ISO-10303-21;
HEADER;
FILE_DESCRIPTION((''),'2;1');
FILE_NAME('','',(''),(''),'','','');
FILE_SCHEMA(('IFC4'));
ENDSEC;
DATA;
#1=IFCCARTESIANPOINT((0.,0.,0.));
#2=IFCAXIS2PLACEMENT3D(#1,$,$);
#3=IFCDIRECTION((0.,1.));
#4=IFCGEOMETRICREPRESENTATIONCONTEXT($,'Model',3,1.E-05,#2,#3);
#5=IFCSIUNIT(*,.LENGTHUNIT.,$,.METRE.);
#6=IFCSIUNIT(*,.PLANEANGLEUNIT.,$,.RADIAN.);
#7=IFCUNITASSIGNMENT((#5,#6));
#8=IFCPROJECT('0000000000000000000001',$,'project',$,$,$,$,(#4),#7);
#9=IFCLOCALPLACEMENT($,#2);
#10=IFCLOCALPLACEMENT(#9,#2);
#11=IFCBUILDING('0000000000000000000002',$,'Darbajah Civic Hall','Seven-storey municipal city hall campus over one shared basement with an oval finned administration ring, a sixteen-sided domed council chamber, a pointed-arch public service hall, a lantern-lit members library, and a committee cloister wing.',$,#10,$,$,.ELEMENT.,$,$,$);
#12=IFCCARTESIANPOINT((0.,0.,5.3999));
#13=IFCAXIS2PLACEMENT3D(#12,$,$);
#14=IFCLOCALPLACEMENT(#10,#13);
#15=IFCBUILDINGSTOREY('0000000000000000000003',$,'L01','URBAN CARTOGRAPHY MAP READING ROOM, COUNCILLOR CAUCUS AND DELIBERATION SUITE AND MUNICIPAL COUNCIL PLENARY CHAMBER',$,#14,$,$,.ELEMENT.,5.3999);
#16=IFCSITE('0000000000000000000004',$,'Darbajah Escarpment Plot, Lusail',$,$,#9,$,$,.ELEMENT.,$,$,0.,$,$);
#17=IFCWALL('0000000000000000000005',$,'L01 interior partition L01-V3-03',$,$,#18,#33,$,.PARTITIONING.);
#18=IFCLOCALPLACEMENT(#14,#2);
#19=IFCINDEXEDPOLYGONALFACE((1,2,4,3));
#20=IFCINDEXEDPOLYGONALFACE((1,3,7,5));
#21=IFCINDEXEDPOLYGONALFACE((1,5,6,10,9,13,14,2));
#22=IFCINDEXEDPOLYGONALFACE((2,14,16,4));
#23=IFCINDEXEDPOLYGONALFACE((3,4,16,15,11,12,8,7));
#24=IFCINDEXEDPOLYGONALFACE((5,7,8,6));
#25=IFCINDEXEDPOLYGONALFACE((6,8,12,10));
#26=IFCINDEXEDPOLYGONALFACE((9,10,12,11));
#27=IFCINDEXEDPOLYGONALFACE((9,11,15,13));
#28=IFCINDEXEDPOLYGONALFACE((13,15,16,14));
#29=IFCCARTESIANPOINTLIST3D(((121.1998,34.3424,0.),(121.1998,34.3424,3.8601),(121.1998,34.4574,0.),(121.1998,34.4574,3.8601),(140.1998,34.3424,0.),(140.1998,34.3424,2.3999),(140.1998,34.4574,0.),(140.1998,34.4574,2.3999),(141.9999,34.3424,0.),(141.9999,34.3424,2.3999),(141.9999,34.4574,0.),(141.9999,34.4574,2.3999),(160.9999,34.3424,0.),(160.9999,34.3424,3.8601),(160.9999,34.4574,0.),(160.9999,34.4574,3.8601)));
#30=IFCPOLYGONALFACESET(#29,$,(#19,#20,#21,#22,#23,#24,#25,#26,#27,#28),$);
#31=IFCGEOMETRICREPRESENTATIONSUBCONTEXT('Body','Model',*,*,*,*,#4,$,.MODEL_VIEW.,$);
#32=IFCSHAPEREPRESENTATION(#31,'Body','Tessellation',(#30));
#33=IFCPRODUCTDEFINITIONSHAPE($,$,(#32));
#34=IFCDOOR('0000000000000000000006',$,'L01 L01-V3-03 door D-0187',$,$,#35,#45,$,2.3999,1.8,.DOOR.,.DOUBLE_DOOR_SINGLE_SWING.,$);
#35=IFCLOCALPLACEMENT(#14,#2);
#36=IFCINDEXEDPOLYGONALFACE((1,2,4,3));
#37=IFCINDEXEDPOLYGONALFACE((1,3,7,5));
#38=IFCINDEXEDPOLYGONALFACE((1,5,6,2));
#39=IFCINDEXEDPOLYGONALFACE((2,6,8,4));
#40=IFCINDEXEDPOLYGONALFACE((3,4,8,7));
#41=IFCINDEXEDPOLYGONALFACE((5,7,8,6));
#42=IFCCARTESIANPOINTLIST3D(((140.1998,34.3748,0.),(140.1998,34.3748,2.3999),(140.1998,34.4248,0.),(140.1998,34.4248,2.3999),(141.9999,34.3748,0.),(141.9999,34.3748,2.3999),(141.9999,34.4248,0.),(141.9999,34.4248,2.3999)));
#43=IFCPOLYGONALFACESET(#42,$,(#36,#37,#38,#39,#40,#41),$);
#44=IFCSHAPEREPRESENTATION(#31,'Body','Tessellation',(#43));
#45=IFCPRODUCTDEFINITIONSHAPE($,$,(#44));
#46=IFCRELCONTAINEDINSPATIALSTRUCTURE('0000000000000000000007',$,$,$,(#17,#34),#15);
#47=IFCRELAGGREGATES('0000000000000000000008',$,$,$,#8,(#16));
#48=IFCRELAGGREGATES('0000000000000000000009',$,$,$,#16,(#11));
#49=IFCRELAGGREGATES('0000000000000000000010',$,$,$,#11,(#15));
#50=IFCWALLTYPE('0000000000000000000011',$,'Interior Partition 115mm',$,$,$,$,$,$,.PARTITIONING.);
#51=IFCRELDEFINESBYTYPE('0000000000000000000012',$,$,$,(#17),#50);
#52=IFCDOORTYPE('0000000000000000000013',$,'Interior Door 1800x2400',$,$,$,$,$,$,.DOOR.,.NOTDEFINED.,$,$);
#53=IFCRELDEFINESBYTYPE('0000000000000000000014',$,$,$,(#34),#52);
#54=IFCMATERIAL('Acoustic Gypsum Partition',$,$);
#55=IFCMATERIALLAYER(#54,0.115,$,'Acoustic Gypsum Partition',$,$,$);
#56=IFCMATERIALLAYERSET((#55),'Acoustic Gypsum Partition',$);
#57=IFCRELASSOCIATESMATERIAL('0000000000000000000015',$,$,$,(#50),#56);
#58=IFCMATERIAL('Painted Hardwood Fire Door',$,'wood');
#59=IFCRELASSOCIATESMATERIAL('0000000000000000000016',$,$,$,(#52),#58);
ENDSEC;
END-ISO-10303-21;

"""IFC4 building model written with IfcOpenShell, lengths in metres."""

from ifc_helpers import new_model, si_unit, direction, frame, frame_2d, origin, place, context, subcontext, project, spatial, rectangle, extrude, material, layer, layer_set, type_object, element, fill, save


model = new_model("IFC4")

# Units and contexts
model_context = context("Model", 3, precision=1e-05, world=origin(), true_north=direction((0.0, 1.0)))
body_context = subcontext(model_context, "Body", "Model", "MODEL_VIEW")
ifc_project = project(units=[si_unit("LENGTHUNIT", "METRE"), si_unit("PLANEANGLEUNIT", "RADIAN")], contexts=[model_context])

# Site, building, storey
site_placement = place(None, origin())
site = spatial("IfcSite", under=ifc_project, at=site_placement, Name="Darbajah Escarpment Plot, Lusail", CompositionType="ELEMENT", RefElevation=0.0)
building_placement = place(site_placement, origin())
building = spatial("IfcBuilding", under=site, at=building_placement, Name="Darbajah Civic Hall", Description="Seven-storey municipal city hall campus over one shared basement with an oval finned administration ring, a sixteen-sided domed council chamber, a pointed-arch public service hall, a lantern-lit members library, and a committee cloister wing.", CompositionType="ELEMENT")
storey_placement = place(building_placement, frame((0.0, 0.0, 5.3999)))
storey = spatial("IfcBuildingStorey", under=building, at=storey_placement, Name="L01", Description="URBAN CARTOGRAPHY MAP READING ROOM, COUNCILLOR CAUCUS AND DELIBERATION SUITE AND MUNICIPAL COUNCIL PLENARY CHAMBER", CompositionType="ELEMENT", Elevation=5.3999)

# Wall, opening, door
ifc_material_1 = material(Name="Acoustic Gypsum Partition")
ifc_layer_1 = layer(ifc_material_1, 0.115, Name="Acoustic Gypsum Partition")
ifc_layer_set_1 = layer_set([ifc_layer_1], Name="Acoustic Gypsum Partition")
wall_type_1 = type_object("IfcWallType", Name="Interior Partition 115mm", PredefinedType="PARTITIONING", material=ifc_layer_set_1)
wall_1_placement = place(storey_placement, frame((121.2, 34.3999, 0.0), z_axis=(0.0, 0.0, 1.0), x_axis=(1.0, 0.0, 0.0)))
wall_1 = element("IfcWall", 1, at=wall_1_placement, inside=storey, type_object=wall_type_1, Name="L01 interior partition L01-V3-03", PredefinedType="PARTITIONING", context=body_context, shape_type="SweptSolid", body=[
    extrude(rectangle(XDim=39.8, YDim=0.115, at=frame_2d((19.8999, 0.0))), origin(), (0.0, 0.0, 1.0), 3.8601),
])
opening_1_placement = place(wall_1_placement, frame((19.0, 0.0, 0.0)))
opening_1 = element("IfcOpeningElement", 2, at=opening_1_placement, cuts=wall_1, PredefinedType="OPENING", context=body_context, shape_type="SweptSolid", body=[
    extrude(rectangle(XDim=1.8, YDim=2.3999, at=frame_2d((0.8999, 1.2))), frame((0.0, 0.0674, 0.0), z_axis=(0.0, -1.0, 0.0), x_axis=(1.0, 0.0, 0.0)), (0.0, 0.0, 1.0), 0.135),
])
ifc_material_2 = material(Name="Painted Hardwood Fire Door", Category="wood")
door_type = type_object("IfcDoorType", Name="Interior Door 1800x2400", OperationType="NOTDEFINED", PredefinedType="DOOR", material=ifc_material_2)
door_placement = place(opening_1_placement, origin())
door = element("IfcDoor", 3, at=door_placement, inside=storey, type_object=door_type, Name="L01 L01-V3-03 door D-0187", OperationType="DOUBLE_DOOR_SINGLE_SWING", OverallHeight=2.3999, OverallWidth=1.8, PredefinedType="DOOR", context=body_context, shape_type="SweptSolid", body=[
    extrude(rectangle(XDim=1.8, YDim=2.3999, at=frame_2d((0.8999, 1.2))), frame((0.0, 0.0249, 0.0), z_axis=(0.0, -1.0, 0.0), x_axis=(1.0, 0.0, 0.0)), (0.0, 0.0, 1.0), 0.05),
])
fill(opening_1, door)

save(model, "model.ifc")
